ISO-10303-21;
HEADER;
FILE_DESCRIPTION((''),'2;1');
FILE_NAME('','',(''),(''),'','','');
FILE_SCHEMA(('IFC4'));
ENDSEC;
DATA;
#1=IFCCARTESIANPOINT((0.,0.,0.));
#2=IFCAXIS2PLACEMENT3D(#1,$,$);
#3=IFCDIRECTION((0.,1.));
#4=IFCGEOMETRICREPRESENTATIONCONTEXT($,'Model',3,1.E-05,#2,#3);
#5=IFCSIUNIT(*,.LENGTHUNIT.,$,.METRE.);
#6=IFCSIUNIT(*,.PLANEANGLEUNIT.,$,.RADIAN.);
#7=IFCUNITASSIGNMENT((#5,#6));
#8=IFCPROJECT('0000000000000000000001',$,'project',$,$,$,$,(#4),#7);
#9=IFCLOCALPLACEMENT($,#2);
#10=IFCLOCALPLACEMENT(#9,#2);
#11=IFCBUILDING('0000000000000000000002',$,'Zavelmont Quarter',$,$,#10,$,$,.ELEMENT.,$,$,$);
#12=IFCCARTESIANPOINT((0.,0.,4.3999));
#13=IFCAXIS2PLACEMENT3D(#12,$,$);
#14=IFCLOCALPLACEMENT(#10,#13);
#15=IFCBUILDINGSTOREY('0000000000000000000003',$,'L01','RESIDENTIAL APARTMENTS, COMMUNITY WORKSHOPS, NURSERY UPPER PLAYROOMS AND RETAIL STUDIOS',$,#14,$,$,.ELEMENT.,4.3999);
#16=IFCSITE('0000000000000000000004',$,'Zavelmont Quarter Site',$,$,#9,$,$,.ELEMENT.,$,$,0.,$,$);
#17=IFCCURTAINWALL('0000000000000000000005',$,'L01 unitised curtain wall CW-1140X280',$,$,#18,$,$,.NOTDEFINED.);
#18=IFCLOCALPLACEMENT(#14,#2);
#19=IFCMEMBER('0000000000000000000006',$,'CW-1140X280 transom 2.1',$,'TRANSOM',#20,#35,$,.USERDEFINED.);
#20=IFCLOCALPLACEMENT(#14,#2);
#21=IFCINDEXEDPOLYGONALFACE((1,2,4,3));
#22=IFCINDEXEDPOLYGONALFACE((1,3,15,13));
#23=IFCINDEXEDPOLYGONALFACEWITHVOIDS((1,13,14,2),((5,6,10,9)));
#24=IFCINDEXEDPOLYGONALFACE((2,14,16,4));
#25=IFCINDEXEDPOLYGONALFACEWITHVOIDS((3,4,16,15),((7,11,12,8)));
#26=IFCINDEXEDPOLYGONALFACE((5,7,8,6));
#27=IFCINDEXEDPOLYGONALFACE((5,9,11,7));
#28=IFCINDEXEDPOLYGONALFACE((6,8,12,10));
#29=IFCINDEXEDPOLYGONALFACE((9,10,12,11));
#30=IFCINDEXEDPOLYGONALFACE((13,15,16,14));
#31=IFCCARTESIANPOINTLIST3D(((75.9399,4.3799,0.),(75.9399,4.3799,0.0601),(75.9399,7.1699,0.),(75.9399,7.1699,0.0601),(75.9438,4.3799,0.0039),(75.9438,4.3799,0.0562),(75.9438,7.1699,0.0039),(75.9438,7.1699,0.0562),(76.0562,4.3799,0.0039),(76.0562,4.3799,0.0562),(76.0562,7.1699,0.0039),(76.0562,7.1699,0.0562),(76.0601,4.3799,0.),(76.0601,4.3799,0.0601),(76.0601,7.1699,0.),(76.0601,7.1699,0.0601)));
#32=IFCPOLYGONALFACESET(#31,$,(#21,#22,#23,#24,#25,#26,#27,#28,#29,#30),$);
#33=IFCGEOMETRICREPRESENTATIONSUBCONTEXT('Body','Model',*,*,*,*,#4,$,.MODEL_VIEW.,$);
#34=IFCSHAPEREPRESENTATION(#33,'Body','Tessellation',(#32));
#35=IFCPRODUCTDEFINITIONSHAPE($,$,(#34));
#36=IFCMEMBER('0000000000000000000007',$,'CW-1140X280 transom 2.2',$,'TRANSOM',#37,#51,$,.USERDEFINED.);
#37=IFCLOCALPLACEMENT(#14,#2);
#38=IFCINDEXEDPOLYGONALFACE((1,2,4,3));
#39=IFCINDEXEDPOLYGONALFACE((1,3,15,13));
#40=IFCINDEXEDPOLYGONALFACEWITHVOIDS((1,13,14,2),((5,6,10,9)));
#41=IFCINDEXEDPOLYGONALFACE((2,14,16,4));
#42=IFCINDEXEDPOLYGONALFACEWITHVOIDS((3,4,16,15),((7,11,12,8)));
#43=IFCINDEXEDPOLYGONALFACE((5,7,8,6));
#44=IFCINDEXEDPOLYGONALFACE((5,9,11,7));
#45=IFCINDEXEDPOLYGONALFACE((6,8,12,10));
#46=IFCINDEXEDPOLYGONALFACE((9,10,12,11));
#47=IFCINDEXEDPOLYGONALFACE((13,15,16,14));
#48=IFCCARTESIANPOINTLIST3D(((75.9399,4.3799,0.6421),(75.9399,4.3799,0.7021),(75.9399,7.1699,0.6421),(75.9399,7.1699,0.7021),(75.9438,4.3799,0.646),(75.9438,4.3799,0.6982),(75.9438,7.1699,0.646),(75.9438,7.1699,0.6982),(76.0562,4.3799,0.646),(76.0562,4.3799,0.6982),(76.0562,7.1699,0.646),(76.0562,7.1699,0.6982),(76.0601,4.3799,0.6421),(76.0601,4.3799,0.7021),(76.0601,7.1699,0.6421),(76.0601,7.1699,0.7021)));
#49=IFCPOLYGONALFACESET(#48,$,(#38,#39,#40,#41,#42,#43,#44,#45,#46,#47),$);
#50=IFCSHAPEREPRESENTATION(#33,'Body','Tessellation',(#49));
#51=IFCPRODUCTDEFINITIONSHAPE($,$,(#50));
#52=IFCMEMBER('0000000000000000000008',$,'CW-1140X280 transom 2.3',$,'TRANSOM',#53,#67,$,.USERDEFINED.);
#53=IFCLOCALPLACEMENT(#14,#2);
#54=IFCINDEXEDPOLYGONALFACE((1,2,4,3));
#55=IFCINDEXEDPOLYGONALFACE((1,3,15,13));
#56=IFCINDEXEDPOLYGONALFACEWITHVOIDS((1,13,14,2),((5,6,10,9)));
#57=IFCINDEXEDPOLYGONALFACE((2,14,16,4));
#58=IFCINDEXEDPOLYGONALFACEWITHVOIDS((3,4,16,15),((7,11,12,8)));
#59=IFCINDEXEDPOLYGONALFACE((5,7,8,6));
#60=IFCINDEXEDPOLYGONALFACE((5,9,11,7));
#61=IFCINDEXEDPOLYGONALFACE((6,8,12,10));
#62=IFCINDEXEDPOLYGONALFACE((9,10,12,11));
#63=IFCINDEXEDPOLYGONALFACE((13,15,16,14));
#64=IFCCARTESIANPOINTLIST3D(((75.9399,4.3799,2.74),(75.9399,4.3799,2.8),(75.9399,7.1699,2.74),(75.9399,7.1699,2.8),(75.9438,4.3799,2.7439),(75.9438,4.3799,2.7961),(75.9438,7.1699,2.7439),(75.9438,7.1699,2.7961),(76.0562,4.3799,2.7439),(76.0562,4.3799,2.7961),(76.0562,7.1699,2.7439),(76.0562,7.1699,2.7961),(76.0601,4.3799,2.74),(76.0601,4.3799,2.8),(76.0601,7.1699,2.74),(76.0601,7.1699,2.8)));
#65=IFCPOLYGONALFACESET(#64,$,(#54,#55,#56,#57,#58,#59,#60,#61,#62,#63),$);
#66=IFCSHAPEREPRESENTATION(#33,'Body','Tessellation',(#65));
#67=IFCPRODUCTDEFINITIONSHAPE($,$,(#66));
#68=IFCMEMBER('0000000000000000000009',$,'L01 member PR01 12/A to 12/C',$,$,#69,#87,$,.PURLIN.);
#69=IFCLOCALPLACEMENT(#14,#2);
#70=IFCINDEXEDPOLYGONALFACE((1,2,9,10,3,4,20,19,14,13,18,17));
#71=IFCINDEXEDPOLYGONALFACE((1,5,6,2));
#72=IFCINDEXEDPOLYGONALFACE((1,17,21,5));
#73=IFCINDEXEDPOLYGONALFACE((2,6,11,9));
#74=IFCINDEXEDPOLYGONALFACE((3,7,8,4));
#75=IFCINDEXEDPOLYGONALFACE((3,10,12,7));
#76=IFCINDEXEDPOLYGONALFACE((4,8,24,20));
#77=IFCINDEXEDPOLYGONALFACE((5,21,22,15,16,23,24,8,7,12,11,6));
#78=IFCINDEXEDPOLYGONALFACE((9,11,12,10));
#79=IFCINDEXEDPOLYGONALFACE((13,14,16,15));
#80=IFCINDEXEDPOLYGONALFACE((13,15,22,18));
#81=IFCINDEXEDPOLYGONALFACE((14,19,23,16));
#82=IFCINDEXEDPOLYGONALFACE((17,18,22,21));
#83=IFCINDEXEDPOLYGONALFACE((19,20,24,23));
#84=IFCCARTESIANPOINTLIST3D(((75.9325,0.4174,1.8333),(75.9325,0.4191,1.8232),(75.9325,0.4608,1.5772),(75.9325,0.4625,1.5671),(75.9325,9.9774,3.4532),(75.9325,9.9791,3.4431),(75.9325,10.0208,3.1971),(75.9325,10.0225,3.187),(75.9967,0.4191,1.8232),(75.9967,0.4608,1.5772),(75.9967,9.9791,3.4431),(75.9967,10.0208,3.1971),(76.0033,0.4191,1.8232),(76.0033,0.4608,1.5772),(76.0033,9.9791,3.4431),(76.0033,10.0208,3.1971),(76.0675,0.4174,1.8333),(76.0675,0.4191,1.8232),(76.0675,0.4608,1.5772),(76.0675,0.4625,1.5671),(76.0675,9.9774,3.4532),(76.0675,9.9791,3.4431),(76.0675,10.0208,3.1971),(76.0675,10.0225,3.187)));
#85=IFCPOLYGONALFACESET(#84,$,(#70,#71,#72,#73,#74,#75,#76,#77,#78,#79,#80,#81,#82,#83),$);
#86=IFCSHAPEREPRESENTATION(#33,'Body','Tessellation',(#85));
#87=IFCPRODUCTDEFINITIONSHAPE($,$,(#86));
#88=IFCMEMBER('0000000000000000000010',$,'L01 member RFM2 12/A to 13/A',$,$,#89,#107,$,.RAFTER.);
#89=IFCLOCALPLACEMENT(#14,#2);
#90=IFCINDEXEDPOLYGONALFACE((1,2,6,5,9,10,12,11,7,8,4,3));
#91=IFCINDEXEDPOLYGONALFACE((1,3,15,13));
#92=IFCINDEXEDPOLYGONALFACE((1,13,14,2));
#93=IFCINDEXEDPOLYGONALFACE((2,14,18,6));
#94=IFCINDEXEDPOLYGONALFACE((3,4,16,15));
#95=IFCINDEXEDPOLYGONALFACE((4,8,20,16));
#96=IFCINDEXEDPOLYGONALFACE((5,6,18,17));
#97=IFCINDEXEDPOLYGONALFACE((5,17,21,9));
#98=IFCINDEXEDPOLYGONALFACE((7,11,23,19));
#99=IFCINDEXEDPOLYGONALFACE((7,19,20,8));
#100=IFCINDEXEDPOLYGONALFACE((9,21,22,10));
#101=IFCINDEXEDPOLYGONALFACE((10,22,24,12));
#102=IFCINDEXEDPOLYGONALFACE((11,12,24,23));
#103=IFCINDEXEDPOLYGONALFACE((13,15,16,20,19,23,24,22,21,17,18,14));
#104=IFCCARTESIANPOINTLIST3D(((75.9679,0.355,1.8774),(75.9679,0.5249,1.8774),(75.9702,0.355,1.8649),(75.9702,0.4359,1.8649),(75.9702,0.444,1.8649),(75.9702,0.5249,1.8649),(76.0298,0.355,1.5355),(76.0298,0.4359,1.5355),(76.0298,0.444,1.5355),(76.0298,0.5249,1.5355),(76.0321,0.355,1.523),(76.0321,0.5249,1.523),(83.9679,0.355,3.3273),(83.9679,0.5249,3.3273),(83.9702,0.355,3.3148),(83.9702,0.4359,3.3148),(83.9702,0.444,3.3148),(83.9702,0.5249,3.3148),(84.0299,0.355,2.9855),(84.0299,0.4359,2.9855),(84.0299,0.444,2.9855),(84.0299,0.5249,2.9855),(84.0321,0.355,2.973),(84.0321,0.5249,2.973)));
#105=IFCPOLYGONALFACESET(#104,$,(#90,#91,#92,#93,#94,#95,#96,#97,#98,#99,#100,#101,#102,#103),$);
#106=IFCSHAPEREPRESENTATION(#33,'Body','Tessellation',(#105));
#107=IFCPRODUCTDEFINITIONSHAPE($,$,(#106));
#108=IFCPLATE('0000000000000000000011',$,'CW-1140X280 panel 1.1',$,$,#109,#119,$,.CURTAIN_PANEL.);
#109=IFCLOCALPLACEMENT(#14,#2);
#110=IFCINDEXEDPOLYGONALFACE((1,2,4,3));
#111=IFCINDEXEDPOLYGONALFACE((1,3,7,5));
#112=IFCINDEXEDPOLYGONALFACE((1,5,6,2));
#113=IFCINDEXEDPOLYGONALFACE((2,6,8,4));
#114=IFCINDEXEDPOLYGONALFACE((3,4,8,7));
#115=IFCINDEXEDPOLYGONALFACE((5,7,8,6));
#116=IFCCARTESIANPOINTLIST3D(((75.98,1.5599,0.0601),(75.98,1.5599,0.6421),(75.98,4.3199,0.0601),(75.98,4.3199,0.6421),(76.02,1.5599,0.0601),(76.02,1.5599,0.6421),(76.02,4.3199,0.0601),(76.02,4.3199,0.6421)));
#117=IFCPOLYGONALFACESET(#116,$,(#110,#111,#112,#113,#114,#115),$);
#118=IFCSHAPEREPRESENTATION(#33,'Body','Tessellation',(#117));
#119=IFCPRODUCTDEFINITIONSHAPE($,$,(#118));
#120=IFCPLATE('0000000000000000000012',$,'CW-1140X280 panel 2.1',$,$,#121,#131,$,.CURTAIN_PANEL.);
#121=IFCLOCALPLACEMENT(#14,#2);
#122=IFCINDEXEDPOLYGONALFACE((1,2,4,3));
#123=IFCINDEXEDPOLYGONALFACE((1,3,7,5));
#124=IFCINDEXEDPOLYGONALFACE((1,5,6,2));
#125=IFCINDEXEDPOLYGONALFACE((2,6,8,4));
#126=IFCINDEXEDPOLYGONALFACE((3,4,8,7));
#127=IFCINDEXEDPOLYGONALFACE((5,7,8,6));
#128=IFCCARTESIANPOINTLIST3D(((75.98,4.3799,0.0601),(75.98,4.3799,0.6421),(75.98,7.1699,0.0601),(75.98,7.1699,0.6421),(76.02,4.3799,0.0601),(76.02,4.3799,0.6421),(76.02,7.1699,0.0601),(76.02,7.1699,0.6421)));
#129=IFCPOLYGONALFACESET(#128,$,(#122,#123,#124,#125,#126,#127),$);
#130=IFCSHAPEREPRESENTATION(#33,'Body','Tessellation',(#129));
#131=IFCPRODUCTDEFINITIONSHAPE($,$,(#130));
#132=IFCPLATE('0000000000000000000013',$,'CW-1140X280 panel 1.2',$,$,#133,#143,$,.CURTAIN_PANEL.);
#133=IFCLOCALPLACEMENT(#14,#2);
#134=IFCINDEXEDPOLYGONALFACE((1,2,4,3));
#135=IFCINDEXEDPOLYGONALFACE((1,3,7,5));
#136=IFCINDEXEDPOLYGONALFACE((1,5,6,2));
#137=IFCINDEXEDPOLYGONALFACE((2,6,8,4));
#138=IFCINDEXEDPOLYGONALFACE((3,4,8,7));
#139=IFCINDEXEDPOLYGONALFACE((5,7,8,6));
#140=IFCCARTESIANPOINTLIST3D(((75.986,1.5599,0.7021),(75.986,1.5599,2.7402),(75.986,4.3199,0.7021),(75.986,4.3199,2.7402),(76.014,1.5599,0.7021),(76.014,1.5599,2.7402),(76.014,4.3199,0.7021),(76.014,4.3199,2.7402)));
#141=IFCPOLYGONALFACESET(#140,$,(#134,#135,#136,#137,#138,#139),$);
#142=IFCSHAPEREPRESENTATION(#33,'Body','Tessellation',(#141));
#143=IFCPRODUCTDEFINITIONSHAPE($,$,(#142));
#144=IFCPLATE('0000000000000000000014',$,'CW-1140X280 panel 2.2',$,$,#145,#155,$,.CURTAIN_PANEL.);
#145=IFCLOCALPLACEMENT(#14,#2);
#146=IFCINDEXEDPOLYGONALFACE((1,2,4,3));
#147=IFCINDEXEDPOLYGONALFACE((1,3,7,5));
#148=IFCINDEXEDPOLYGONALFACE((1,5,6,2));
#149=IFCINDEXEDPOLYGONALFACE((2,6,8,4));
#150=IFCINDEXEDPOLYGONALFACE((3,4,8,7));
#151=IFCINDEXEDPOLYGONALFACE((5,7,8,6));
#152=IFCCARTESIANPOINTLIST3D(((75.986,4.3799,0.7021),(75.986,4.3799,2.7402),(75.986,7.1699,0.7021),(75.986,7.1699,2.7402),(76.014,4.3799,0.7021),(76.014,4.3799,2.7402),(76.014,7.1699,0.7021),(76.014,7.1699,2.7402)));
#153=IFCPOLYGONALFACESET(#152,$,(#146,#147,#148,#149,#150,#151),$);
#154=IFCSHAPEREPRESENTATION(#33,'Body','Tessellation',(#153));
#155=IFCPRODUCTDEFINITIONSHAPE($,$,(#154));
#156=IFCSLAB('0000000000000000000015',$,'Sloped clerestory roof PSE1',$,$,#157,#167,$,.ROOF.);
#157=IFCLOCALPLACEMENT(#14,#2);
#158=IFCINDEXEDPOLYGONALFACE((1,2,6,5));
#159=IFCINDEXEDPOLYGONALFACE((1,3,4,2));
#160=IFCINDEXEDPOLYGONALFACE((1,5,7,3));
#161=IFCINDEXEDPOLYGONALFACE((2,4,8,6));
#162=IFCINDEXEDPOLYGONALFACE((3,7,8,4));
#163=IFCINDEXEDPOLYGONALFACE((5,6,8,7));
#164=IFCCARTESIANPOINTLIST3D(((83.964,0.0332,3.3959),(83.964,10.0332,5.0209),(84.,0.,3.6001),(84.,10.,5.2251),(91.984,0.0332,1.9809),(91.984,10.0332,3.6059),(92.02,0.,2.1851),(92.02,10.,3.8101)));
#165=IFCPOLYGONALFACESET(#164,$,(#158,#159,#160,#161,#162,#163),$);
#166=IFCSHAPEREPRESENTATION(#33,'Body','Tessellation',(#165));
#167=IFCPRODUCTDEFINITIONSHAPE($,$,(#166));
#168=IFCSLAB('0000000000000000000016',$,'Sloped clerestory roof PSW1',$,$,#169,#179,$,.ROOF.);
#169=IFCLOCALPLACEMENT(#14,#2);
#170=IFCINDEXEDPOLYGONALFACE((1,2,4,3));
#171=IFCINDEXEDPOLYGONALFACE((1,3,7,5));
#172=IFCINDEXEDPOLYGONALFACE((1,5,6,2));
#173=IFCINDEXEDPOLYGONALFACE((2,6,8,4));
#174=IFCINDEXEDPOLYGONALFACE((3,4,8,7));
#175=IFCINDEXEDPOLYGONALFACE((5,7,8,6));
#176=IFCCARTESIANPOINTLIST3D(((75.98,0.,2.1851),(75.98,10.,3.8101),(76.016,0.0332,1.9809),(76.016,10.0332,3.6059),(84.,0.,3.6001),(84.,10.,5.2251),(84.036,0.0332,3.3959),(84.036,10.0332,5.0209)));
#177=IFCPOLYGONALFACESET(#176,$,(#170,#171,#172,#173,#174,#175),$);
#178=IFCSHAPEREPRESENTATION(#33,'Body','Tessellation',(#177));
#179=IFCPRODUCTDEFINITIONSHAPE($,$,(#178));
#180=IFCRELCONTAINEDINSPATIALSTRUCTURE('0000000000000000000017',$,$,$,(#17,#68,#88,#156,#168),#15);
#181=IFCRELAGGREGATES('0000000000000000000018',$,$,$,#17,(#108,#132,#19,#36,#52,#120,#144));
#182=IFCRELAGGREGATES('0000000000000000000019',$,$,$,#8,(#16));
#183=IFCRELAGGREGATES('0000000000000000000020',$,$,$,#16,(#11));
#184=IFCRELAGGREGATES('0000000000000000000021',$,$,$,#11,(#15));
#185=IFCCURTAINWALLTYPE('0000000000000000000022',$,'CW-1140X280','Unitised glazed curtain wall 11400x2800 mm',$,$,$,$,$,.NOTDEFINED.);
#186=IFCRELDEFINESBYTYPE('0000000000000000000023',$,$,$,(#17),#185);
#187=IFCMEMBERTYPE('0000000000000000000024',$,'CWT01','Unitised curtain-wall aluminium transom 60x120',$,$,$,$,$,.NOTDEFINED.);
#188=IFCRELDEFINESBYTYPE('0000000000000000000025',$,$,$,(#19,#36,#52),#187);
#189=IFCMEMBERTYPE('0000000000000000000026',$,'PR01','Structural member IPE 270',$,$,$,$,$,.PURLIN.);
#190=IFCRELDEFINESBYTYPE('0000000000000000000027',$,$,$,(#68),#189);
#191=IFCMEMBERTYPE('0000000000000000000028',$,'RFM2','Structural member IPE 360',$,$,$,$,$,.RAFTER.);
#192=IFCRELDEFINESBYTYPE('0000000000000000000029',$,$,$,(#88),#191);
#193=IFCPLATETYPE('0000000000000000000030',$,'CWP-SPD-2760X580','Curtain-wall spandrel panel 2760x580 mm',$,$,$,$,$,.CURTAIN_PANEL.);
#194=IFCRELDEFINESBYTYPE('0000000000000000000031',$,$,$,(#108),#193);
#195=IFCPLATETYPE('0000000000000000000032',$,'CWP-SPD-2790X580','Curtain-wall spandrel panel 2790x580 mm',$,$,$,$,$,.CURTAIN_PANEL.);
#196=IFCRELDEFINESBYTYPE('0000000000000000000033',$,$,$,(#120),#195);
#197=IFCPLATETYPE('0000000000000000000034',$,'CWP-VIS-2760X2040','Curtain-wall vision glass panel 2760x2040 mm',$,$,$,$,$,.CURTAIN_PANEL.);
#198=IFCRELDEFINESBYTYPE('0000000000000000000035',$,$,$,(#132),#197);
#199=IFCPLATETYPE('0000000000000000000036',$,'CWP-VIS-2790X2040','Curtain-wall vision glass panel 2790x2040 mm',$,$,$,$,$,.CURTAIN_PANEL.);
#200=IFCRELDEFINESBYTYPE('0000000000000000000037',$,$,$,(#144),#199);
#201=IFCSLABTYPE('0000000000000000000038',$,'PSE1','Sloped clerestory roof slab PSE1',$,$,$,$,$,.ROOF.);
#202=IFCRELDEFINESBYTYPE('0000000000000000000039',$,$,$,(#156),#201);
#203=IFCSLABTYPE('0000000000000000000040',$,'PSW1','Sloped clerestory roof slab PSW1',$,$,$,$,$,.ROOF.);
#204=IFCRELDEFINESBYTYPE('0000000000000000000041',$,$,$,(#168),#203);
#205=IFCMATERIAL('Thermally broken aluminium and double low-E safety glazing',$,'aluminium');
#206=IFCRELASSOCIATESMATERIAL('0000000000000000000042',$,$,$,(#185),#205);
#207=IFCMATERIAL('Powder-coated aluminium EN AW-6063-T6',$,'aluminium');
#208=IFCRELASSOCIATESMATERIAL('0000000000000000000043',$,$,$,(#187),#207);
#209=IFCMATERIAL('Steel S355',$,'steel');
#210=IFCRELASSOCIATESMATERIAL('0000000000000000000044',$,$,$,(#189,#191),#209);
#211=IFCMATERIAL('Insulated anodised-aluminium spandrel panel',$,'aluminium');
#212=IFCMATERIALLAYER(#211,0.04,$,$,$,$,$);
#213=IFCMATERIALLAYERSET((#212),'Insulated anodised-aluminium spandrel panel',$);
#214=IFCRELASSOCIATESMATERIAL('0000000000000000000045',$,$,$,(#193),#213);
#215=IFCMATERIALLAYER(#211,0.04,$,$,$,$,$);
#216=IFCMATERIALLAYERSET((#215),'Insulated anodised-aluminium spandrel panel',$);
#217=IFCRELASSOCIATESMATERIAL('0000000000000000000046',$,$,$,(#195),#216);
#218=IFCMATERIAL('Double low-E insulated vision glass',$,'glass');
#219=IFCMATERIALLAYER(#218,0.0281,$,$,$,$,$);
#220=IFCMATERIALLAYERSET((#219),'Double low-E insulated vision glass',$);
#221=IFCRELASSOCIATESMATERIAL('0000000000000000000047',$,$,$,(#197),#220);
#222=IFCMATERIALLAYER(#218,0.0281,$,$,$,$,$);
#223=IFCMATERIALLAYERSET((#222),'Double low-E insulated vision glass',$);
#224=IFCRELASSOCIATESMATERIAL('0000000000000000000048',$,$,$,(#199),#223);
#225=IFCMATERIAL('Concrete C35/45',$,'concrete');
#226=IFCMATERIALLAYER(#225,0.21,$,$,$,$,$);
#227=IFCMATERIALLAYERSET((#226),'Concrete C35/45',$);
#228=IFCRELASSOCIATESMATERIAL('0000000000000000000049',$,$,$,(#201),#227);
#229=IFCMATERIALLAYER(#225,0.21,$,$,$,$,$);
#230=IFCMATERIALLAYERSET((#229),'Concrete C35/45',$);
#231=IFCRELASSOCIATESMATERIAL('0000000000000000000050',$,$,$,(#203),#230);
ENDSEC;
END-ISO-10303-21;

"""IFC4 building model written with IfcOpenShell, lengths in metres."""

from ifc_helpers import new_model, si_unit, direction, frame, origin, origin_2d, place, context, subcontext, project, spatial, polyline, rectangle, hollow_rectangle, i_section, outline, extrude, material, layer, layer_set, material_profile, profile_set, type_object, element, aggregate, save


model = new_model("IFC4")

# Units and contexts
model_context = context("Model", 3, precision=1e-05, world=origin(), true_north=direction((0.0, 1.0)))
body_context = subcontext(model_context, "Body", "Model", "MODEL_VIEW")
ifc_project = project(units=[si_unit("LENGTHUNIT", "METRE"), si_unit("PLANEANGLEUNIT", "RADIAN")], contexts=[model_context])

# Site, building, storey
site_placement = place(None, origin())
site = spatial("IfcSite", under=ifc_project, at=site_placement, Name="Zavelmont Quarter Site", CompositionType="ELEMENT", RefElevation=0.0)
building_placement = place(site_placement, origin())
building = spatial("IfcBuilding", under=site, at=building_placement, Name="Zavelmont Quarter", CompositionType="ELEMENT")
storey_placement = place(building_placement, frame((0.0, 0.0, 4.3999)))
storey = spatial("IfcBuildingStorey", under=building, at=storey_placement, Name="L01", Description="RESIDENTIAL APARTMENTS, COMMUNITY WORKSHOPS, NURSERY UPPER PLAYROOMS AND RETAIL STUDIOS", CompositionType="ELEMENT", Elevation=4.3999)

# Shared definitions
ifc_material_1 = material(Name="Steel S355", Category="steel")

# Shared definitions
ifc_material_2 = material(Name="Concrete C35/45", Category="concrete")

# Curtain wall, members
ifc_material_3 = material(Name="Thermally broken aluminium and double low-E safety glazing", Category="aluminium")
curtain_wall_type = type_object("IfcCurtainWallType", Name="CW-1140X280", Description="Unitised glazed curtain wall 11400x2800 mm", PredefinedType="NOTDEFINED", material=ifc_material_3)
curtain_wall_placement = place(storey_placement, origin())
curtain_wall = element("IfcCurtainWall", 1, at=curtain_wall_placement, inside=storey, type_object=curtain_wall_type, Name="L01 unitised curtain wall CW-1140X280", PredefinedType="NOTDEFINED")
ifc_material_4 = material(Name="Powder-coated aluminium EN AW-6063-T6", Category="aluminium")
ifc_material_profile_1 = material_profile(ifc_material_4, hollow_rectangle(XDim=0.1201, YDim=0.0601, WallThickness=0.0039, at=origin_2d()), Name="CWT60X120")
ifc_profile_set_1 = profile_set([ifc_material_profile_1], Name="Powder-coated aluminium EN AW-6063-T6")
member_type_1 = type_object("IfcMemberType", Name="CWT01", Description="Unitised curtain-wall aluminium transom 60x120", PredefinedType="NOTDEFINED", material=ifc_profile_set_1)
member_1_placement = place(storey_placement, frame((76.0, 4.3799, 0.03), z_axis=(0.0, 1.0, 0.0), x_axis=(-1.0, 0.0, 0.0)))
member_1 = element("IfcMember", 2, at=member_1_placement, type_object=member_type_1, Name="CW-1140X280 transom 2.1", ObjectType="TRANSOM", PredefinedType="USERDEFINED", context=body_context, shape_type="SweptSolid", body=[
    extrude(hollow_rectangle(XDim=0.1201, YDim=0.0601, WallThickness=0.0039, at=origin_2d()), origin(), (0.0, 0.0, 1.0), 2.79),
])
member_2_placement = place(storey_placement, frame((76.0, 4.3799, 0.6721), z_axis=(0.0, 1.0, 0.0), x_axis=(-1.0, 0.0, 0.0)))
member_2 = element("IfcMember", 3, at=member_2_placement, type_object=member_type_1, Name="CW-1140X280 transom 2.2", ObjectType="TRANSOM", PredefinedType="USERDEFINED", context=body_context, shape_type="SweptSolid", body=[
    extrude(hollow_rectangle(XDim=0.1201, YDim=0.0601, WallThickness=0.0039, at=origin_2d()), origin(), (0.0, 0.0, 1.0), 2.79),
])
member_3_placement = place(storey_placement, frame((76.0, 4.3799, 2.77), z_axis=(0.0, 1.0, 0.0), x_axis=(-1.0, 0.0, 0.0)))
member_3 = element("IfcMember", 4, at=member_3_placement, type_object=member_type_1, Name="CW-1140X280 transom 2.3", ObjectType="TRANSOM", PredefinedType="USERDEFINED", context=body_context, shape_type="SweptSolid", body=[
    extrude(hollow_rectangle(XDim=0.1201, YDim=0.0601, WallThickness=0.0039, at=origin_2d()), origin(), (0.0, 0.0, 1.0), 2.79),
])

# Members
ifc_material_profile_2 = material_profile(ifc_material_1, i_section(OverallWidth=0.135, OverallDepth=0.27, WebThickness=0.0066, FlangeThickness=0.0103, at=origin_2d()), Name="IPE 270")
ifc_profile_set_2 = profile_set([ifc_material_profile_2], Name="Steel S355")
member_type_2 = type_object("IfcMemberType", Name="PR01", Description="Structural member IPE 270", PredefinedType="PURLIN", material=ifc_profile_set_2)
member_4_placement = place(storey_placement, frame((76.0, 0.4399, 1.7002), z_axis=(0.0, 0.985947, 0.167061), x_axis=(-1.0, 0.0, 0.0)))
element("IfcMember", 5, at=member_4_placement, inside=storey, type_object=member_type_2, Name="L01 member PR01 12/A to 12/C", PredefinedType="PURLIN", context=body_context, shape_type="SweptSolid", body=[
    extrude(i_section(OverallWidth=0.135, OverallDepth=0.27, WebThickness=0.0066, FlangeThickness=0.0103, at=origin_2d()), origin(), (0.0, 0.0, 1.0), 9.6963),
])
ifc_material_profile_3 = material_profile(ifc_material_1, i_section(OverallWidth=0.1699, OverallDepth=0.3601, WebThickness=0.0081, FlangeThickness=0.0127, at=origin_2d()), Name="IPE 360")
ifc_profile_set_3 = profile_set([ifc_material_profile_3], Name="Steel S355")
member_type_3 = type_object("IfcMemberType", Name="RFM2", Description="Structural member IPE 360", PredefinedType="RAFTER", material=ifc_profile_set_3)
member_5_placement = place(storey_placement, frame((76.0, 0.4399, 1.7002), z_axis=(0.983969, 0.0, 0.178338), x_axis=(0.0, 1.0, 0.0)))
element("IfcMember", 6, at=member_5_placement, inside=storey, type_object=member_type_3, Name="L01 member RFM2 12/A to 13/A", PredefinedType="RAFTER", context=body_context, shape_type="SweptSolid", body=[
    extrude(i_section(OverallWidth=0.1699, OverallDepth=0.3601, WebThickness=0.0081, FlangeThickness=0.0127, at=origin_2d()), origin(), (0.0, 0.0, 1.0), 8.1304),
])

# Plates
ifc_material_5 = material(Name="Insulated anodised-aluminium spandrel panel", Category="aluminium")
ifc_layer_1 = layer(ifc_material_5, 0.04)
ifc_layer_set_1 = layer_set([ifc_layer_1], Name="Insulated anodised-aluminium spandrel panel")
plate_type_1 = type_object("IfcPlateType", Name="CWP-SPD-2760X580", Description="Curtain-wall spandrel panel 2760x580 mm", PredefinedType="CURTAIN_PANEL", material=ifc_layer_set_1)
plate_1_placement = place(storey_placement, frame((76.0, 2.9399, 0.0601), z_axis=(0.0, 0.0, 1.0), x_axis=(0.0, 1.0, 0.0)))
plate_1 = element("IfcPlate", 7, at=plate_1_placement, type_object=plate_type_1, Name="CW-1140X280 panel 1.1", PredefinedType="CURTAIN_PANEL", context=body_context, shape_type="SweptSolid", body=[
    extrude(rectangle(XDim=2.76, YDim=0.04, at=origin_2d()), origin(), (0.0, 0.0, 1.0), 0.582),
])
ifc_layer_2 = layer(ifc_material_5, 0.04)
ifc_layer_set_2 = layer_set([ifc_layer_2], Name="Insulated anodised-aluminium spandrel panel")
plate_type_2 = type_object("IfcPlateType", Name="CWP-SPD-2790X580", Description="Curtain-wall spandrel panel 2790x580 mm", PredefinedType="CURTAIN_PANEL", material=ifc_layer_set_2)
plate_2_placement = place(storey_placement, frame((76.0, 5.7749, 0.0601), z_axis=(0.0, 0.0, 1.0), x_axis=(0.0, 1.0, 0.0)))
plate_2 = element("IfcPlate", 8, at=plate_2_placement, type_object=plate_type_2, Name="CW-1140X280 panel 2.1", PredefinedType="CURTAIN_PANEL", context=body_context, shape_type="SweptSolid", body=[
    extrude(rectangle(XDim=2.79, YDim=0.04, at=origin_2d()), origin(), (0.0, 0.0, 1.0), 0.582),
])
ifc_material_6 = material(Name="Double low-E insulated vision glass", Category="glass")
ifc_layer_3 = layer(ifc_material_6, 0.0281)
ifc_layer_set_3 = layer_set([ifc_layer_3], Name="Double low-E insulated vision glass")
plate_type_3 = type_object("IfcPlateType", Name="CWP-VIS-2760X2040", Description="Curtain-wall vision glass panel 2760x2040 mm", PredefinedType="CURTAIN_PANEL", material=ifc_layer_set_3)
plate_3_placement = place(storey_placement, frame((76.0, 2.9399, 0.7021), z_axis=(0.0, 0.0, 1.0), x_axis=(0.0, 1.0, 0.0)))
plate_3 = element("IfcPlate", 9, at=plate_3_placement, type_object=plate_type_3, Name="CW-1140X280 panel 1.2", PredefinedType="CURTAIN_PANEL", context=body_context, shape_type="SweptSolid", body=[
    extrude(rectangle(XDim=2.76, YDim=0.0281, at=origin_2d()), origin(), (0.0, 0.0, 1.0), 2.0381),
])
ifc_layer_4 = layer(ifc_material_6, 0.0281)
ifc_layer_set_4 = layer_set([ifc_layer_4], Name="Double low-E insulated vision glass")
plate_type_4 = type_object("IfcPlateType", Name="CWP-VIS-2790X2040", Description="Curtain-wall vision glass panel 2790x2040 mm", PredefinedType="CURTAIN_PANEL", material=ifc_layer_set_4)
plate_4_placement = place(storey_placement, frame((76.0, 5.7749, 0.7021), z_axis=(0.0, 0.0, 1.0), x_axis=(0.0, 1.0, 0.0)))
plate_4 = element("IfcPlate", 10, at=plate_4_placement, type_object=plate_type_4, Name="CW-1140X280 panel 2.2", PredefinedType="CURTAIN_PANEL", context=body_context, shape_type="SweptSolid", body=[
    extrude(rectangle(XDim=2.79, YDim=0.0281, at=origin_2d()), origin(), (0.0, 0.0, 1.0), 2.0381),
])
aggregate(curtain_wall, [plate_1, plate_3, member_1, member_2, member_3, plate_2, plate_4])

# Slabs
ifc_layer_5 = layer(ifc_material_2, 0.21)
ifc_layer_set_5 = layer_set([ifc_layer_5], Name="Concrete C35/45")
slab_type_1 = type_object("IfcSlabType", Name="PSE1", Description="Sloped clerestory roof slab PSE1", PredefinedType="ROOF", material=ifc_layer_set_5)
slab_1_placement = place(storey_placement, frame((84.0, 0.0, 3.6001), z_axis=(0.171572, -0.158018, 0.972416), x_axis=(0.984789, 0.0, -0.173755)))
element("IfcSlab", 11, at=slab_1_placement, inside=storey, type_object=slab_type_1, Name="Sloped clerestory roof PSE1", PredefinedType="ROOF", context=body_context, shape_type="SweptSolid", body=[
    extrude(outline(polyline([(0.0, 0.0), (8.1439, 0.0), (7.8615, 10.1272), (-0.2824, 10.1272), (0.0, 0.0)])), origin(), (0.0, 0.0, -1.0), 0.21),
])
ifc_layer_6 = layer(ifc_material_2, 0.21)
ifc_layer_set_6 = layer_set([ifc_layer_6], Name="Concrete C35/45")
slab_type_2 = type_object("IfcSlabType", Name="PSW1", Description="Sloped clerestory roof slab PSW1", PredefinedType="ROOF", material=ifc_layer_set_6)
slab_2_placement = place(storey_placement, frame((75.98, 0.0, 2.1851), z_axis=(-0.171572, -0.158018, 0.972416), x_axis=(0.984789, 0.0, 0.173755)))
element("IfcSlab", 12, at=slab_2_placement, inside=storey, type_object=slab_type_2, Name="Sloped clerestory roof PSW1", PredefinedType="ROOF", context=body_context, shape_type="SweptSolid", body=[
    extrude(outline(polyline([(0.0, 0.0), (8.1439, 0.0), (8.4262, 10.1272), (0.2824, 10.1272), (0.0, 0.0)])), origin(), (0.0, 0.0, -1.0), 0.21),
])

save(model, "model.ifc")
